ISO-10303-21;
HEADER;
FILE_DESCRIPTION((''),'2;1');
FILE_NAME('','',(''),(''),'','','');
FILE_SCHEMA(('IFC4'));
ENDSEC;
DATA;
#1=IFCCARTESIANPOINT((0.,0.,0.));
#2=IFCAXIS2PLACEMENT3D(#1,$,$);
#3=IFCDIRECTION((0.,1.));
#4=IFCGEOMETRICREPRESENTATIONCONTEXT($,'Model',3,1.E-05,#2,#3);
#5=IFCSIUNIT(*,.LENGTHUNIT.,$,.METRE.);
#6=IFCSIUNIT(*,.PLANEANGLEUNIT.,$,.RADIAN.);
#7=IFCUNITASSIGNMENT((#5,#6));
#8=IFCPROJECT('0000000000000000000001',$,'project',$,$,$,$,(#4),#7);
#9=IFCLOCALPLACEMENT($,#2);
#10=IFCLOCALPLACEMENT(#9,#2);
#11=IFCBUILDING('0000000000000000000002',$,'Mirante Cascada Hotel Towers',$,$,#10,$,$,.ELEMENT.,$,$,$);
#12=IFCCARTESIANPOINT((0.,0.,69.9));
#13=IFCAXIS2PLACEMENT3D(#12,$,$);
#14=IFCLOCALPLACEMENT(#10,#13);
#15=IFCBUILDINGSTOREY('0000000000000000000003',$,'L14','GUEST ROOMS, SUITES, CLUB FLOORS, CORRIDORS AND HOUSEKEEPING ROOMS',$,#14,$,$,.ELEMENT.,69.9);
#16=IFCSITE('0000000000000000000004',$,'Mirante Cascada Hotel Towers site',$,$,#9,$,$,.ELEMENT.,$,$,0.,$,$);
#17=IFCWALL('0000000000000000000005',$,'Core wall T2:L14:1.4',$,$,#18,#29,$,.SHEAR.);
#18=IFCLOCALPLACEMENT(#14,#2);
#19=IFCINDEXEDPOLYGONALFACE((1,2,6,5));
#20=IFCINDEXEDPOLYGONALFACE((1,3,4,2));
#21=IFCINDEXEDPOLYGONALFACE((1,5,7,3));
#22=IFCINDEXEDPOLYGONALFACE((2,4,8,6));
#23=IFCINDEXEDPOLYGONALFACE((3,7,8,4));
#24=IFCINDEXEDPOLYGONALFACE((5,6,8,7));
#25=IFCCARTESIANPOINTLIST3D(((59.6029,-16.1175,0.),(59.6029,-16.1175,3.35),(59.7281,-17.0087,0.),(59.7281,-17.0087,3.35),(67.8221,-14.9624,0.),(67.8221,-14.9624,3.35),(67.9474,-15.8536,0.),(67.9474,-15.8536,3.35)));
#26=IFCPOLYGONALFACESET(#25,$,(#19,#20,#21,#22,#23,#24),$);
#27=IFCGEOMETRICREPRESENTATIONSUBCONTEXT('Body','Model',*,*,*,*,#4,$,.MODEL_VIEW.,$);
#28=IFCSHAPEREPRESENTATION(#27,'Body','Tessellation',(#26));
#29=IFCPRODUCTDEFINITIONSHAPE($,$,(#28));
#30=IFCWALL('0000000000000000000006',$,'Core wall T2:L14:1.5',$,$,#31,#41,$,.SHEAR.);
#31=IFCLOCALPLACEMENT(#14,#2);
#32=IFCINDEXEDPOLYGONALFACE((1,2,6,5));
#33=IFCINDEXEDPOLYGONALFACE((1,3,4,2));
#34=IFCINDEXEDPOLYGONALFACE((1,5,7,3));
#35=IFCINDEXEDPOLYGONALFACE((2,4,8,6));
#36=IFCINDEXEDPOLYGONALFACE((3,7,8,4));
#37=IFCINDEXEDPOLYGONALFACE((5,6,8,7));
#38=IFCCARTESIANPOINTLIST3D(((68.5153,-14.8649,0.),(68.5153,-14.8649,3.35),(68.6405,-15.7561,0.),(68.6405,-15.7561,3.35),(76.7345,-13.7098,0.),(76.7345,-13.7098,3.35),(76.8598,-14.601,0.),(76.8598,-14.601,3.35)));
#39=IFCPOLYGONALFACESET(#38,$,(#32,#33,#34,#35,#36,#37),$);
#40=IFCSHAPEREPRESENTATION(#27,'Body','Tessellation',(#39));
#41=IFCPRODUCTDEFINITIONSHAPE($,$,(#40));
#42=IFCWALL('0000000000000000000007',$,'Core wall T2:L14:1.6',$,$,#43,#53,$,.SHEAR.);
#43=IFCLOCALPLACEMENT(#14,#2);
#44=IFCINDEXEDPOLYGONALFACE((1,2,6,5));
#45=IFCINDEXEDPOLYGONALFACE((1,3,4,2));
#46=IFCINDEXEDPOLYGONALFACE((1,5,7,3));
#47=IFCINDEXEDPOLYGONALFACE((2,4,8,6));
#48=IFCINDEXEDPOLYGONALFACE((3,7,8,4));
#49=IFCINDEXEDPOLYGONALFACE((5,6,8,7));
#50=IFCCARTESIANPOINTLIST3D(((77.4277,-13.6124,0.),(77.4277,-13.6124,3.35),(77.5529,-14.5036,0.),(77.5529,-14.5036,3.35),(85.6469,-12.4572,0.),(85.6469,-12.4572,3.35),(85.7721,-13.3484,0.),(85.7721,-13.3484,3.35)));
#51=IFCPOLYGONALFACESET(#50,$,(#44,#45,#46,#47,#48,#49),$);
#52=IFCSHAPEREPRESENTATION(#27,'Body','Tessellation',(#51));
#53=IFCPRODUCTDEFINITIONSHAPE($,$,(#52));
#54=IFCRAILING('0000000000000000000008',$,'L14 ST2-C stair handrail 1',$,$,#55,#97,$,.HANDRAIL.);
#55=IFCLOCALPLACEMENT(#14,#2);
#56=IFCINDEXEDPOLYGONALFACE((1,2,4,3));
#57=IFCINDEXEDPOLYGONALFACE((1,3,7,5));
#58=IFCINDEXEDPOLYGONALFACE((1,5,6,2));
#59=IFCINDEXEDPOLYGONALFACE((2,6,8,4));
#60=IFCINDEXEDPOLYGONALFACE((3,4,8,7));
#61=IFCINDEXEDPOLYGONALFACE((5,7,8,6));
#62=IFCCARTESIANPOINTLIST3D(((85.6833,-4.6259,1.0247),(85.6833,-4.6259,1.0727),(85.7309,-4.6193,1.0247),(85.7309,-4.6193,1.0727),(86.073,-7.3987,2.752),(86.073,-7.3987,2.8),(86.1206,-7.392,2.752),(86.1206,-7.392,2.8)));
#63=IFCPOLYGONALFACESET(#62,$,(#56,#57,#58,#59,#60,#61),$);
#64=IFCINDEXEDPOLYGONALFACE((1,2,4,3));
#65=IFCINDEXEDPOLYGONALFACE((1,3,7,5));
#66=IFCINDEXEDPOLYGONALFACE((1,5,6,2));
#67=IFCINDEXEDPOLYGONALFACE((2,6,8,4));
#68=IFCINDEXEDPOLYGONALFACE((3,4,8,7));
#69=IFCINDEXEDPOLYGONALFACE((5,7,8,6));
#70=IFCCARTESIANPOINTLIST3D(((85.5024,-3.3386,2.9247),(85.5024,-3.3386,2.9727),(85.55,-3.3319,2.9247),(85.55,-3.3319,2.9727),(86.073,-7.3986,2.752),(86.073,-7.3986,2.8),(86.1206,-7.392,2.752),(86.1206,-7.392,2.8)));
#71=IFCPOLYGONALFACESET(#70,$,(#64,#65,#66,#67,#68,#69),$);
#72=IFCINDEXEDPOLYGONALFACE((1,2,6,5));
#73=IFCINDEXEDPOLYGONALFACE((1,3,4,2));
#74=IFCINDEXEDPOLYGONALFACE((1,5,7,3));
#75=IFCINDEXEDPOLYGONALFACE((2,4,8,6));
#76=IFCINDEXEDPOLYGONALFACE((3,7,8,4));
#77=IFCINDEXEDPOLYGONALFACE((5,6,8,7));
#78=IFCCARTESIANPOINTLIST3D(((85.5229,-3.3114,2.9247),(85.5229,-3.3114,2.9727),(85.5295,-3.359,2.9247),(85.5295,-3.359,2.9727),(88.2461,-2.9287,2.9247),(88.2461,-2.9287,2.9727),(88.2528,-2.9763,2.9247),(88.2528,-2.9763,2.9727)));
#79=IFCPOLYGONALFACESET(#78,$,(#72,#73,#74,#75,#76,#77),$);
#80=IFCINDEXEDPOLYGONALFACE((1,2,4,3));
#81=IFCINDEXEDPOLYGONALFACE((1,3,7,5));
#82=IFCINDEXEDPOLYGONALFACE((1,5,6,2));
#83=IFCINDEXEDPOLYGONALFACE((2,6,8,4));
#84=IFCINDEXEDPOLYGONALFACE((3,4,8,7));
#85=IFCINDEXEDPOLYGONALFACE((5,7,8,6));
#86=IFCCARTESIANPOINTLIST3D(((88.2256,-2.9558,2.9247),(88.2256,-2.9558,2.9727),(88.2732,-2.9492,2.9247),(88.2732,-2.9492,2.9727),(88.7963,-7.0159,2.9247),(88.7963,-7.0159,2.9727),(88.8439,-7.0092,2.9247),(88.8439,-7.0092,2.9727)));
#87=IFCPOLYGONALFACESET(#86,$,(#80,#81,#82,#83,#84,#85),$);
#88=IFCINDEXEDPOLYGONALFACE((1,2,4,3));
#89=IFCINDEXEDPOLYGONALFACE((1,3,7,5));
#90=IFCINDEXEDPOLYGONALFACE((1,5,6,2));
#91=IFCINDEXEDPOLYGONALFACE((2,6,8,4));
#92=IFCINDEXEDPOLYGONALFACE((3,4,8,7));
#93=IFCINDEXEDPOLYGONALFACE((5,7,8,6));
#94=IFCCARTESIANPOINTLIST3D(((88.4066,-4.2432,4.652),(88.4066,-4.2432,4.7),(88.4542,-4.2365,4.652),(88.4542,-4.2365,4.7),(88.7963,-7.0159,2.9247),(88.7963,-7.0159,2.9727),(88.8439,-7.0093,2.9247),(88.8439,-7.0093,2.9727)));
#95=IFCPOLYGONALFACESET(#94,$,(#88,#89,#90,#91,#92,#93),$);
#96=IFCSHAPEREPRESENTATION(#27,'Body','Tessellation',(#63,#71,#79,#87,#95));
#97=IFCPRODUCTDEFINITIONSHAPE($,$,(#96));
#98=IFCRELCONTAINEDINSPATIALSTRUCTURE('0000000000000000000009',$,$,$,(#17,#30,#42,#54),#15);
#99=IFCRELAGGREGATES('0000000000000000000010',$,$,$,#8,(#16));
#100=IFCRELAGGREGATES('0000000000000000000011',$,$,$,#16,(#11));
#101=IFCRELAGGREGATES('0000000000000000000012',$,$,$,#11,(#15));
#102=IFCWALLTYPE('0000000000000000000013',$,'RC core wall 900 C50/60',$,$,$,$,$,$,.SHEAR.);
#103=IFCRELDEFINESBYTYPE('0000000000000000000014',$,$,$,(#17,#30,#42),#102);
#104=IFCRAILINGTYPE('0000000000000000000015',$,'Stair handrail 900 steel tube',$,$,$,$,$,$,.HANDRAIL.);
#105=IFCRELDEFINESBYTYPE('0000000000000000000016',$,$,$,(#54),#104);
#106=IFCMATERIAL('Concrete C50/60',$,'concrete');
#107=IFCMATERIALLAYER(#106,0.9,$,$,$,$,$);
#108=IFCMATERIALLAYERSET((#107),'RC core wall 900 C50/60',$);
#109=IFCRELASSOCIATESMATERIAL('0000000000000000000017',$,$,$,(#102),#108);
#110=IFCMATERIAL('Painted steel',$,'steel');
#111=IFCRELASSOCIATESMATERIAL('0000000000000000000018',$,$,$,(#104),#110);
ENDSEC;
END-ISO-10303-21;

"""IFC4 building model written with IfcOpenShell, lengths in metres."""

from ifc_helpers import new_model, si_unit, direction, frame, frame_2d, origin, origin_2d, place, context, subcontext, project, spatial, rectangle, extrude, material, layer, layer_set, type_object, element, save


model = new_model("IFC4")

# Units and contexts
model_context = context("Model", 3, precision=1e-05, world=origin(), true_north=direction((0.0, 1.0)))
body_context = subcontext(model_context, "Body", "Model", "MODEL_VIEW")
ifc_project = project(units=[si_unit("LENGTHUNIT", "METRE"), si_unit("PLANEANGLEUNIT", "RADIAN")], contexts=[model_context])

# Site, building, storey
site_placement = place(None, origin())
site = spatial("IfcSite", under=ifc_project, at=site_placement, Name="Mirante Cascada Hotel Towers site", CompositionType="ELEMENT", RefElevation=0.0)
building_placement = place(site_placement, origin())
building = spatial("IfcBuilding", under=site, at=building_placement, Name="Mirante Cascada Hotel Towers", CompositionType="ELEMENT")
storey_placement = place(building_placement, frame((0.0, 0.0, 69.9)))
storey = spatial("IfcBuildingStorey", under=building, at=storey_placement, Name="L14", Description="GUEST ROOMS, SUITES, CLUB FLOORS, CORRIDORS AND HOUSEKEEPING ROOMS", CompositionType="ELEMENT", Elevation=69.9)

# Walls
ifc_material_1 = material(Name="Concrete C50/60", Category="concrete")
ifc_layer_1 = layer(ifc_material_1, 0.9)
ifc_layer_set_1 = layer_set([ifc_layer_1], Name="RC core wall 900 C50/60")
wall_type_1 = type_object("IfcWallType", Name="RC core wall 900 C50/60", PredefinedType="SHEAR", material=ifc_layer_set_1)
for number, where, z_axis, x_axis, name in (
    (1, (59.6655, -16.5631, 0.0), (0.0, 0.0, 1.0), (0.990269, 0.139169, 0.0), "Core wall T2:L14:1.4"),
    (2, (68.5779, -15.3105, 0.0), (0.0, 0.0, 1.0), (0.990269, 0.139169, 0.0), "Core wall T2:L14:1.5"),
    (3, (77.4903, -14.058, 0.0), (0.0, 0.0, 1.0), (0.990267, 0.139181, 0.0), "Core wall T2:L14:1.6"),
):
    element("IfcWall", number, at=place(storey_placement, frame(where, z_axis=z_axis, x_axis=x_axis)), inside=storey, type_object=wall_type_1, Name=name, PredefinedType="SHEAR", context=body_context, shape_type="SweptSolid", body=[
        extrude(rectangle(XDim=8.3, YDim=0.9, at=frame_2d((4.15, 0.0))), origin(), (0.0, 0.0, 1.0), 3.35),
    ])

# Railing
ifc_material_2 = material(Name="Painted steel", Category="steel")
railing_type = type_object("IfcRailingType", Name="Stair handrail 900 steel tube", PredefinedType="HANDRAIL", material=ifc_material_2)
railing_placement = place(storey_placement, frame((85.7071, -4.6226, 0.1727)))
element("IfcRailing", 4, at=railing_placement, inside=storey, type_object=railing_type, Name="L14 ST2-C stair handrail 1", PredefinedType="HANDRAIL", context=body_context, shape_type="SweptSolid", body=[
    extrude(rectangle(XDim=0.048, YDim=0.048, at=origin_2d()), frame((0.0, 0.0, 0.876), z_axis=(0.139181, -0.990267, 0.0), x_axis=(0.990267, 0.139181, 0.0)), (0.0, 0.525035, 0.851081), 3.2899),
    extrude(rectangle(XDim=0.048, YDim=0.048, at=origin_2d()), frame((0.3897, -2.7727, 2.6033), z_axis=(-0.139171, 0.990268, 0.0), x_axis=(-0.990268, -0.139171, 0.0)), (0.0, 0.042085, 0.999114), 4.1036),
    extrude(rectangle(XDim=0.048, YDim=0.048, at=origin_2d()), frame((-0.1809, 1.2874, 2.776), z_axis=(0.990269, 0.139166, 0.0), x_axis=(-0.139166, 0.990269, 0.0)), (0.0, 0.0, 1.0), 2.75),
    extrude(rectangle(XDim=0.048, YDim=0.048, at=origin_2d()), frame((2.5423, 1.6701, 2.776), z_axis=(0.139195, -0.990265, 0.0), x_axis=(0.990265, 0.139195, 0.0)), (0.0, 0.0, 1.0), 4.1),
    extrude(rectangle(XDim=0.048, YDim=0.048, at=origin_2d()), frame((3.113, -2.39, 2.776), z_axis=(-0.139181, 0.990267, 0.0), x_axis=(-0.990267, -0.139181, 0.0)), (0.0, 0.525035, 0.851081), 3.2899),
])

save(model, "model.ifc")
